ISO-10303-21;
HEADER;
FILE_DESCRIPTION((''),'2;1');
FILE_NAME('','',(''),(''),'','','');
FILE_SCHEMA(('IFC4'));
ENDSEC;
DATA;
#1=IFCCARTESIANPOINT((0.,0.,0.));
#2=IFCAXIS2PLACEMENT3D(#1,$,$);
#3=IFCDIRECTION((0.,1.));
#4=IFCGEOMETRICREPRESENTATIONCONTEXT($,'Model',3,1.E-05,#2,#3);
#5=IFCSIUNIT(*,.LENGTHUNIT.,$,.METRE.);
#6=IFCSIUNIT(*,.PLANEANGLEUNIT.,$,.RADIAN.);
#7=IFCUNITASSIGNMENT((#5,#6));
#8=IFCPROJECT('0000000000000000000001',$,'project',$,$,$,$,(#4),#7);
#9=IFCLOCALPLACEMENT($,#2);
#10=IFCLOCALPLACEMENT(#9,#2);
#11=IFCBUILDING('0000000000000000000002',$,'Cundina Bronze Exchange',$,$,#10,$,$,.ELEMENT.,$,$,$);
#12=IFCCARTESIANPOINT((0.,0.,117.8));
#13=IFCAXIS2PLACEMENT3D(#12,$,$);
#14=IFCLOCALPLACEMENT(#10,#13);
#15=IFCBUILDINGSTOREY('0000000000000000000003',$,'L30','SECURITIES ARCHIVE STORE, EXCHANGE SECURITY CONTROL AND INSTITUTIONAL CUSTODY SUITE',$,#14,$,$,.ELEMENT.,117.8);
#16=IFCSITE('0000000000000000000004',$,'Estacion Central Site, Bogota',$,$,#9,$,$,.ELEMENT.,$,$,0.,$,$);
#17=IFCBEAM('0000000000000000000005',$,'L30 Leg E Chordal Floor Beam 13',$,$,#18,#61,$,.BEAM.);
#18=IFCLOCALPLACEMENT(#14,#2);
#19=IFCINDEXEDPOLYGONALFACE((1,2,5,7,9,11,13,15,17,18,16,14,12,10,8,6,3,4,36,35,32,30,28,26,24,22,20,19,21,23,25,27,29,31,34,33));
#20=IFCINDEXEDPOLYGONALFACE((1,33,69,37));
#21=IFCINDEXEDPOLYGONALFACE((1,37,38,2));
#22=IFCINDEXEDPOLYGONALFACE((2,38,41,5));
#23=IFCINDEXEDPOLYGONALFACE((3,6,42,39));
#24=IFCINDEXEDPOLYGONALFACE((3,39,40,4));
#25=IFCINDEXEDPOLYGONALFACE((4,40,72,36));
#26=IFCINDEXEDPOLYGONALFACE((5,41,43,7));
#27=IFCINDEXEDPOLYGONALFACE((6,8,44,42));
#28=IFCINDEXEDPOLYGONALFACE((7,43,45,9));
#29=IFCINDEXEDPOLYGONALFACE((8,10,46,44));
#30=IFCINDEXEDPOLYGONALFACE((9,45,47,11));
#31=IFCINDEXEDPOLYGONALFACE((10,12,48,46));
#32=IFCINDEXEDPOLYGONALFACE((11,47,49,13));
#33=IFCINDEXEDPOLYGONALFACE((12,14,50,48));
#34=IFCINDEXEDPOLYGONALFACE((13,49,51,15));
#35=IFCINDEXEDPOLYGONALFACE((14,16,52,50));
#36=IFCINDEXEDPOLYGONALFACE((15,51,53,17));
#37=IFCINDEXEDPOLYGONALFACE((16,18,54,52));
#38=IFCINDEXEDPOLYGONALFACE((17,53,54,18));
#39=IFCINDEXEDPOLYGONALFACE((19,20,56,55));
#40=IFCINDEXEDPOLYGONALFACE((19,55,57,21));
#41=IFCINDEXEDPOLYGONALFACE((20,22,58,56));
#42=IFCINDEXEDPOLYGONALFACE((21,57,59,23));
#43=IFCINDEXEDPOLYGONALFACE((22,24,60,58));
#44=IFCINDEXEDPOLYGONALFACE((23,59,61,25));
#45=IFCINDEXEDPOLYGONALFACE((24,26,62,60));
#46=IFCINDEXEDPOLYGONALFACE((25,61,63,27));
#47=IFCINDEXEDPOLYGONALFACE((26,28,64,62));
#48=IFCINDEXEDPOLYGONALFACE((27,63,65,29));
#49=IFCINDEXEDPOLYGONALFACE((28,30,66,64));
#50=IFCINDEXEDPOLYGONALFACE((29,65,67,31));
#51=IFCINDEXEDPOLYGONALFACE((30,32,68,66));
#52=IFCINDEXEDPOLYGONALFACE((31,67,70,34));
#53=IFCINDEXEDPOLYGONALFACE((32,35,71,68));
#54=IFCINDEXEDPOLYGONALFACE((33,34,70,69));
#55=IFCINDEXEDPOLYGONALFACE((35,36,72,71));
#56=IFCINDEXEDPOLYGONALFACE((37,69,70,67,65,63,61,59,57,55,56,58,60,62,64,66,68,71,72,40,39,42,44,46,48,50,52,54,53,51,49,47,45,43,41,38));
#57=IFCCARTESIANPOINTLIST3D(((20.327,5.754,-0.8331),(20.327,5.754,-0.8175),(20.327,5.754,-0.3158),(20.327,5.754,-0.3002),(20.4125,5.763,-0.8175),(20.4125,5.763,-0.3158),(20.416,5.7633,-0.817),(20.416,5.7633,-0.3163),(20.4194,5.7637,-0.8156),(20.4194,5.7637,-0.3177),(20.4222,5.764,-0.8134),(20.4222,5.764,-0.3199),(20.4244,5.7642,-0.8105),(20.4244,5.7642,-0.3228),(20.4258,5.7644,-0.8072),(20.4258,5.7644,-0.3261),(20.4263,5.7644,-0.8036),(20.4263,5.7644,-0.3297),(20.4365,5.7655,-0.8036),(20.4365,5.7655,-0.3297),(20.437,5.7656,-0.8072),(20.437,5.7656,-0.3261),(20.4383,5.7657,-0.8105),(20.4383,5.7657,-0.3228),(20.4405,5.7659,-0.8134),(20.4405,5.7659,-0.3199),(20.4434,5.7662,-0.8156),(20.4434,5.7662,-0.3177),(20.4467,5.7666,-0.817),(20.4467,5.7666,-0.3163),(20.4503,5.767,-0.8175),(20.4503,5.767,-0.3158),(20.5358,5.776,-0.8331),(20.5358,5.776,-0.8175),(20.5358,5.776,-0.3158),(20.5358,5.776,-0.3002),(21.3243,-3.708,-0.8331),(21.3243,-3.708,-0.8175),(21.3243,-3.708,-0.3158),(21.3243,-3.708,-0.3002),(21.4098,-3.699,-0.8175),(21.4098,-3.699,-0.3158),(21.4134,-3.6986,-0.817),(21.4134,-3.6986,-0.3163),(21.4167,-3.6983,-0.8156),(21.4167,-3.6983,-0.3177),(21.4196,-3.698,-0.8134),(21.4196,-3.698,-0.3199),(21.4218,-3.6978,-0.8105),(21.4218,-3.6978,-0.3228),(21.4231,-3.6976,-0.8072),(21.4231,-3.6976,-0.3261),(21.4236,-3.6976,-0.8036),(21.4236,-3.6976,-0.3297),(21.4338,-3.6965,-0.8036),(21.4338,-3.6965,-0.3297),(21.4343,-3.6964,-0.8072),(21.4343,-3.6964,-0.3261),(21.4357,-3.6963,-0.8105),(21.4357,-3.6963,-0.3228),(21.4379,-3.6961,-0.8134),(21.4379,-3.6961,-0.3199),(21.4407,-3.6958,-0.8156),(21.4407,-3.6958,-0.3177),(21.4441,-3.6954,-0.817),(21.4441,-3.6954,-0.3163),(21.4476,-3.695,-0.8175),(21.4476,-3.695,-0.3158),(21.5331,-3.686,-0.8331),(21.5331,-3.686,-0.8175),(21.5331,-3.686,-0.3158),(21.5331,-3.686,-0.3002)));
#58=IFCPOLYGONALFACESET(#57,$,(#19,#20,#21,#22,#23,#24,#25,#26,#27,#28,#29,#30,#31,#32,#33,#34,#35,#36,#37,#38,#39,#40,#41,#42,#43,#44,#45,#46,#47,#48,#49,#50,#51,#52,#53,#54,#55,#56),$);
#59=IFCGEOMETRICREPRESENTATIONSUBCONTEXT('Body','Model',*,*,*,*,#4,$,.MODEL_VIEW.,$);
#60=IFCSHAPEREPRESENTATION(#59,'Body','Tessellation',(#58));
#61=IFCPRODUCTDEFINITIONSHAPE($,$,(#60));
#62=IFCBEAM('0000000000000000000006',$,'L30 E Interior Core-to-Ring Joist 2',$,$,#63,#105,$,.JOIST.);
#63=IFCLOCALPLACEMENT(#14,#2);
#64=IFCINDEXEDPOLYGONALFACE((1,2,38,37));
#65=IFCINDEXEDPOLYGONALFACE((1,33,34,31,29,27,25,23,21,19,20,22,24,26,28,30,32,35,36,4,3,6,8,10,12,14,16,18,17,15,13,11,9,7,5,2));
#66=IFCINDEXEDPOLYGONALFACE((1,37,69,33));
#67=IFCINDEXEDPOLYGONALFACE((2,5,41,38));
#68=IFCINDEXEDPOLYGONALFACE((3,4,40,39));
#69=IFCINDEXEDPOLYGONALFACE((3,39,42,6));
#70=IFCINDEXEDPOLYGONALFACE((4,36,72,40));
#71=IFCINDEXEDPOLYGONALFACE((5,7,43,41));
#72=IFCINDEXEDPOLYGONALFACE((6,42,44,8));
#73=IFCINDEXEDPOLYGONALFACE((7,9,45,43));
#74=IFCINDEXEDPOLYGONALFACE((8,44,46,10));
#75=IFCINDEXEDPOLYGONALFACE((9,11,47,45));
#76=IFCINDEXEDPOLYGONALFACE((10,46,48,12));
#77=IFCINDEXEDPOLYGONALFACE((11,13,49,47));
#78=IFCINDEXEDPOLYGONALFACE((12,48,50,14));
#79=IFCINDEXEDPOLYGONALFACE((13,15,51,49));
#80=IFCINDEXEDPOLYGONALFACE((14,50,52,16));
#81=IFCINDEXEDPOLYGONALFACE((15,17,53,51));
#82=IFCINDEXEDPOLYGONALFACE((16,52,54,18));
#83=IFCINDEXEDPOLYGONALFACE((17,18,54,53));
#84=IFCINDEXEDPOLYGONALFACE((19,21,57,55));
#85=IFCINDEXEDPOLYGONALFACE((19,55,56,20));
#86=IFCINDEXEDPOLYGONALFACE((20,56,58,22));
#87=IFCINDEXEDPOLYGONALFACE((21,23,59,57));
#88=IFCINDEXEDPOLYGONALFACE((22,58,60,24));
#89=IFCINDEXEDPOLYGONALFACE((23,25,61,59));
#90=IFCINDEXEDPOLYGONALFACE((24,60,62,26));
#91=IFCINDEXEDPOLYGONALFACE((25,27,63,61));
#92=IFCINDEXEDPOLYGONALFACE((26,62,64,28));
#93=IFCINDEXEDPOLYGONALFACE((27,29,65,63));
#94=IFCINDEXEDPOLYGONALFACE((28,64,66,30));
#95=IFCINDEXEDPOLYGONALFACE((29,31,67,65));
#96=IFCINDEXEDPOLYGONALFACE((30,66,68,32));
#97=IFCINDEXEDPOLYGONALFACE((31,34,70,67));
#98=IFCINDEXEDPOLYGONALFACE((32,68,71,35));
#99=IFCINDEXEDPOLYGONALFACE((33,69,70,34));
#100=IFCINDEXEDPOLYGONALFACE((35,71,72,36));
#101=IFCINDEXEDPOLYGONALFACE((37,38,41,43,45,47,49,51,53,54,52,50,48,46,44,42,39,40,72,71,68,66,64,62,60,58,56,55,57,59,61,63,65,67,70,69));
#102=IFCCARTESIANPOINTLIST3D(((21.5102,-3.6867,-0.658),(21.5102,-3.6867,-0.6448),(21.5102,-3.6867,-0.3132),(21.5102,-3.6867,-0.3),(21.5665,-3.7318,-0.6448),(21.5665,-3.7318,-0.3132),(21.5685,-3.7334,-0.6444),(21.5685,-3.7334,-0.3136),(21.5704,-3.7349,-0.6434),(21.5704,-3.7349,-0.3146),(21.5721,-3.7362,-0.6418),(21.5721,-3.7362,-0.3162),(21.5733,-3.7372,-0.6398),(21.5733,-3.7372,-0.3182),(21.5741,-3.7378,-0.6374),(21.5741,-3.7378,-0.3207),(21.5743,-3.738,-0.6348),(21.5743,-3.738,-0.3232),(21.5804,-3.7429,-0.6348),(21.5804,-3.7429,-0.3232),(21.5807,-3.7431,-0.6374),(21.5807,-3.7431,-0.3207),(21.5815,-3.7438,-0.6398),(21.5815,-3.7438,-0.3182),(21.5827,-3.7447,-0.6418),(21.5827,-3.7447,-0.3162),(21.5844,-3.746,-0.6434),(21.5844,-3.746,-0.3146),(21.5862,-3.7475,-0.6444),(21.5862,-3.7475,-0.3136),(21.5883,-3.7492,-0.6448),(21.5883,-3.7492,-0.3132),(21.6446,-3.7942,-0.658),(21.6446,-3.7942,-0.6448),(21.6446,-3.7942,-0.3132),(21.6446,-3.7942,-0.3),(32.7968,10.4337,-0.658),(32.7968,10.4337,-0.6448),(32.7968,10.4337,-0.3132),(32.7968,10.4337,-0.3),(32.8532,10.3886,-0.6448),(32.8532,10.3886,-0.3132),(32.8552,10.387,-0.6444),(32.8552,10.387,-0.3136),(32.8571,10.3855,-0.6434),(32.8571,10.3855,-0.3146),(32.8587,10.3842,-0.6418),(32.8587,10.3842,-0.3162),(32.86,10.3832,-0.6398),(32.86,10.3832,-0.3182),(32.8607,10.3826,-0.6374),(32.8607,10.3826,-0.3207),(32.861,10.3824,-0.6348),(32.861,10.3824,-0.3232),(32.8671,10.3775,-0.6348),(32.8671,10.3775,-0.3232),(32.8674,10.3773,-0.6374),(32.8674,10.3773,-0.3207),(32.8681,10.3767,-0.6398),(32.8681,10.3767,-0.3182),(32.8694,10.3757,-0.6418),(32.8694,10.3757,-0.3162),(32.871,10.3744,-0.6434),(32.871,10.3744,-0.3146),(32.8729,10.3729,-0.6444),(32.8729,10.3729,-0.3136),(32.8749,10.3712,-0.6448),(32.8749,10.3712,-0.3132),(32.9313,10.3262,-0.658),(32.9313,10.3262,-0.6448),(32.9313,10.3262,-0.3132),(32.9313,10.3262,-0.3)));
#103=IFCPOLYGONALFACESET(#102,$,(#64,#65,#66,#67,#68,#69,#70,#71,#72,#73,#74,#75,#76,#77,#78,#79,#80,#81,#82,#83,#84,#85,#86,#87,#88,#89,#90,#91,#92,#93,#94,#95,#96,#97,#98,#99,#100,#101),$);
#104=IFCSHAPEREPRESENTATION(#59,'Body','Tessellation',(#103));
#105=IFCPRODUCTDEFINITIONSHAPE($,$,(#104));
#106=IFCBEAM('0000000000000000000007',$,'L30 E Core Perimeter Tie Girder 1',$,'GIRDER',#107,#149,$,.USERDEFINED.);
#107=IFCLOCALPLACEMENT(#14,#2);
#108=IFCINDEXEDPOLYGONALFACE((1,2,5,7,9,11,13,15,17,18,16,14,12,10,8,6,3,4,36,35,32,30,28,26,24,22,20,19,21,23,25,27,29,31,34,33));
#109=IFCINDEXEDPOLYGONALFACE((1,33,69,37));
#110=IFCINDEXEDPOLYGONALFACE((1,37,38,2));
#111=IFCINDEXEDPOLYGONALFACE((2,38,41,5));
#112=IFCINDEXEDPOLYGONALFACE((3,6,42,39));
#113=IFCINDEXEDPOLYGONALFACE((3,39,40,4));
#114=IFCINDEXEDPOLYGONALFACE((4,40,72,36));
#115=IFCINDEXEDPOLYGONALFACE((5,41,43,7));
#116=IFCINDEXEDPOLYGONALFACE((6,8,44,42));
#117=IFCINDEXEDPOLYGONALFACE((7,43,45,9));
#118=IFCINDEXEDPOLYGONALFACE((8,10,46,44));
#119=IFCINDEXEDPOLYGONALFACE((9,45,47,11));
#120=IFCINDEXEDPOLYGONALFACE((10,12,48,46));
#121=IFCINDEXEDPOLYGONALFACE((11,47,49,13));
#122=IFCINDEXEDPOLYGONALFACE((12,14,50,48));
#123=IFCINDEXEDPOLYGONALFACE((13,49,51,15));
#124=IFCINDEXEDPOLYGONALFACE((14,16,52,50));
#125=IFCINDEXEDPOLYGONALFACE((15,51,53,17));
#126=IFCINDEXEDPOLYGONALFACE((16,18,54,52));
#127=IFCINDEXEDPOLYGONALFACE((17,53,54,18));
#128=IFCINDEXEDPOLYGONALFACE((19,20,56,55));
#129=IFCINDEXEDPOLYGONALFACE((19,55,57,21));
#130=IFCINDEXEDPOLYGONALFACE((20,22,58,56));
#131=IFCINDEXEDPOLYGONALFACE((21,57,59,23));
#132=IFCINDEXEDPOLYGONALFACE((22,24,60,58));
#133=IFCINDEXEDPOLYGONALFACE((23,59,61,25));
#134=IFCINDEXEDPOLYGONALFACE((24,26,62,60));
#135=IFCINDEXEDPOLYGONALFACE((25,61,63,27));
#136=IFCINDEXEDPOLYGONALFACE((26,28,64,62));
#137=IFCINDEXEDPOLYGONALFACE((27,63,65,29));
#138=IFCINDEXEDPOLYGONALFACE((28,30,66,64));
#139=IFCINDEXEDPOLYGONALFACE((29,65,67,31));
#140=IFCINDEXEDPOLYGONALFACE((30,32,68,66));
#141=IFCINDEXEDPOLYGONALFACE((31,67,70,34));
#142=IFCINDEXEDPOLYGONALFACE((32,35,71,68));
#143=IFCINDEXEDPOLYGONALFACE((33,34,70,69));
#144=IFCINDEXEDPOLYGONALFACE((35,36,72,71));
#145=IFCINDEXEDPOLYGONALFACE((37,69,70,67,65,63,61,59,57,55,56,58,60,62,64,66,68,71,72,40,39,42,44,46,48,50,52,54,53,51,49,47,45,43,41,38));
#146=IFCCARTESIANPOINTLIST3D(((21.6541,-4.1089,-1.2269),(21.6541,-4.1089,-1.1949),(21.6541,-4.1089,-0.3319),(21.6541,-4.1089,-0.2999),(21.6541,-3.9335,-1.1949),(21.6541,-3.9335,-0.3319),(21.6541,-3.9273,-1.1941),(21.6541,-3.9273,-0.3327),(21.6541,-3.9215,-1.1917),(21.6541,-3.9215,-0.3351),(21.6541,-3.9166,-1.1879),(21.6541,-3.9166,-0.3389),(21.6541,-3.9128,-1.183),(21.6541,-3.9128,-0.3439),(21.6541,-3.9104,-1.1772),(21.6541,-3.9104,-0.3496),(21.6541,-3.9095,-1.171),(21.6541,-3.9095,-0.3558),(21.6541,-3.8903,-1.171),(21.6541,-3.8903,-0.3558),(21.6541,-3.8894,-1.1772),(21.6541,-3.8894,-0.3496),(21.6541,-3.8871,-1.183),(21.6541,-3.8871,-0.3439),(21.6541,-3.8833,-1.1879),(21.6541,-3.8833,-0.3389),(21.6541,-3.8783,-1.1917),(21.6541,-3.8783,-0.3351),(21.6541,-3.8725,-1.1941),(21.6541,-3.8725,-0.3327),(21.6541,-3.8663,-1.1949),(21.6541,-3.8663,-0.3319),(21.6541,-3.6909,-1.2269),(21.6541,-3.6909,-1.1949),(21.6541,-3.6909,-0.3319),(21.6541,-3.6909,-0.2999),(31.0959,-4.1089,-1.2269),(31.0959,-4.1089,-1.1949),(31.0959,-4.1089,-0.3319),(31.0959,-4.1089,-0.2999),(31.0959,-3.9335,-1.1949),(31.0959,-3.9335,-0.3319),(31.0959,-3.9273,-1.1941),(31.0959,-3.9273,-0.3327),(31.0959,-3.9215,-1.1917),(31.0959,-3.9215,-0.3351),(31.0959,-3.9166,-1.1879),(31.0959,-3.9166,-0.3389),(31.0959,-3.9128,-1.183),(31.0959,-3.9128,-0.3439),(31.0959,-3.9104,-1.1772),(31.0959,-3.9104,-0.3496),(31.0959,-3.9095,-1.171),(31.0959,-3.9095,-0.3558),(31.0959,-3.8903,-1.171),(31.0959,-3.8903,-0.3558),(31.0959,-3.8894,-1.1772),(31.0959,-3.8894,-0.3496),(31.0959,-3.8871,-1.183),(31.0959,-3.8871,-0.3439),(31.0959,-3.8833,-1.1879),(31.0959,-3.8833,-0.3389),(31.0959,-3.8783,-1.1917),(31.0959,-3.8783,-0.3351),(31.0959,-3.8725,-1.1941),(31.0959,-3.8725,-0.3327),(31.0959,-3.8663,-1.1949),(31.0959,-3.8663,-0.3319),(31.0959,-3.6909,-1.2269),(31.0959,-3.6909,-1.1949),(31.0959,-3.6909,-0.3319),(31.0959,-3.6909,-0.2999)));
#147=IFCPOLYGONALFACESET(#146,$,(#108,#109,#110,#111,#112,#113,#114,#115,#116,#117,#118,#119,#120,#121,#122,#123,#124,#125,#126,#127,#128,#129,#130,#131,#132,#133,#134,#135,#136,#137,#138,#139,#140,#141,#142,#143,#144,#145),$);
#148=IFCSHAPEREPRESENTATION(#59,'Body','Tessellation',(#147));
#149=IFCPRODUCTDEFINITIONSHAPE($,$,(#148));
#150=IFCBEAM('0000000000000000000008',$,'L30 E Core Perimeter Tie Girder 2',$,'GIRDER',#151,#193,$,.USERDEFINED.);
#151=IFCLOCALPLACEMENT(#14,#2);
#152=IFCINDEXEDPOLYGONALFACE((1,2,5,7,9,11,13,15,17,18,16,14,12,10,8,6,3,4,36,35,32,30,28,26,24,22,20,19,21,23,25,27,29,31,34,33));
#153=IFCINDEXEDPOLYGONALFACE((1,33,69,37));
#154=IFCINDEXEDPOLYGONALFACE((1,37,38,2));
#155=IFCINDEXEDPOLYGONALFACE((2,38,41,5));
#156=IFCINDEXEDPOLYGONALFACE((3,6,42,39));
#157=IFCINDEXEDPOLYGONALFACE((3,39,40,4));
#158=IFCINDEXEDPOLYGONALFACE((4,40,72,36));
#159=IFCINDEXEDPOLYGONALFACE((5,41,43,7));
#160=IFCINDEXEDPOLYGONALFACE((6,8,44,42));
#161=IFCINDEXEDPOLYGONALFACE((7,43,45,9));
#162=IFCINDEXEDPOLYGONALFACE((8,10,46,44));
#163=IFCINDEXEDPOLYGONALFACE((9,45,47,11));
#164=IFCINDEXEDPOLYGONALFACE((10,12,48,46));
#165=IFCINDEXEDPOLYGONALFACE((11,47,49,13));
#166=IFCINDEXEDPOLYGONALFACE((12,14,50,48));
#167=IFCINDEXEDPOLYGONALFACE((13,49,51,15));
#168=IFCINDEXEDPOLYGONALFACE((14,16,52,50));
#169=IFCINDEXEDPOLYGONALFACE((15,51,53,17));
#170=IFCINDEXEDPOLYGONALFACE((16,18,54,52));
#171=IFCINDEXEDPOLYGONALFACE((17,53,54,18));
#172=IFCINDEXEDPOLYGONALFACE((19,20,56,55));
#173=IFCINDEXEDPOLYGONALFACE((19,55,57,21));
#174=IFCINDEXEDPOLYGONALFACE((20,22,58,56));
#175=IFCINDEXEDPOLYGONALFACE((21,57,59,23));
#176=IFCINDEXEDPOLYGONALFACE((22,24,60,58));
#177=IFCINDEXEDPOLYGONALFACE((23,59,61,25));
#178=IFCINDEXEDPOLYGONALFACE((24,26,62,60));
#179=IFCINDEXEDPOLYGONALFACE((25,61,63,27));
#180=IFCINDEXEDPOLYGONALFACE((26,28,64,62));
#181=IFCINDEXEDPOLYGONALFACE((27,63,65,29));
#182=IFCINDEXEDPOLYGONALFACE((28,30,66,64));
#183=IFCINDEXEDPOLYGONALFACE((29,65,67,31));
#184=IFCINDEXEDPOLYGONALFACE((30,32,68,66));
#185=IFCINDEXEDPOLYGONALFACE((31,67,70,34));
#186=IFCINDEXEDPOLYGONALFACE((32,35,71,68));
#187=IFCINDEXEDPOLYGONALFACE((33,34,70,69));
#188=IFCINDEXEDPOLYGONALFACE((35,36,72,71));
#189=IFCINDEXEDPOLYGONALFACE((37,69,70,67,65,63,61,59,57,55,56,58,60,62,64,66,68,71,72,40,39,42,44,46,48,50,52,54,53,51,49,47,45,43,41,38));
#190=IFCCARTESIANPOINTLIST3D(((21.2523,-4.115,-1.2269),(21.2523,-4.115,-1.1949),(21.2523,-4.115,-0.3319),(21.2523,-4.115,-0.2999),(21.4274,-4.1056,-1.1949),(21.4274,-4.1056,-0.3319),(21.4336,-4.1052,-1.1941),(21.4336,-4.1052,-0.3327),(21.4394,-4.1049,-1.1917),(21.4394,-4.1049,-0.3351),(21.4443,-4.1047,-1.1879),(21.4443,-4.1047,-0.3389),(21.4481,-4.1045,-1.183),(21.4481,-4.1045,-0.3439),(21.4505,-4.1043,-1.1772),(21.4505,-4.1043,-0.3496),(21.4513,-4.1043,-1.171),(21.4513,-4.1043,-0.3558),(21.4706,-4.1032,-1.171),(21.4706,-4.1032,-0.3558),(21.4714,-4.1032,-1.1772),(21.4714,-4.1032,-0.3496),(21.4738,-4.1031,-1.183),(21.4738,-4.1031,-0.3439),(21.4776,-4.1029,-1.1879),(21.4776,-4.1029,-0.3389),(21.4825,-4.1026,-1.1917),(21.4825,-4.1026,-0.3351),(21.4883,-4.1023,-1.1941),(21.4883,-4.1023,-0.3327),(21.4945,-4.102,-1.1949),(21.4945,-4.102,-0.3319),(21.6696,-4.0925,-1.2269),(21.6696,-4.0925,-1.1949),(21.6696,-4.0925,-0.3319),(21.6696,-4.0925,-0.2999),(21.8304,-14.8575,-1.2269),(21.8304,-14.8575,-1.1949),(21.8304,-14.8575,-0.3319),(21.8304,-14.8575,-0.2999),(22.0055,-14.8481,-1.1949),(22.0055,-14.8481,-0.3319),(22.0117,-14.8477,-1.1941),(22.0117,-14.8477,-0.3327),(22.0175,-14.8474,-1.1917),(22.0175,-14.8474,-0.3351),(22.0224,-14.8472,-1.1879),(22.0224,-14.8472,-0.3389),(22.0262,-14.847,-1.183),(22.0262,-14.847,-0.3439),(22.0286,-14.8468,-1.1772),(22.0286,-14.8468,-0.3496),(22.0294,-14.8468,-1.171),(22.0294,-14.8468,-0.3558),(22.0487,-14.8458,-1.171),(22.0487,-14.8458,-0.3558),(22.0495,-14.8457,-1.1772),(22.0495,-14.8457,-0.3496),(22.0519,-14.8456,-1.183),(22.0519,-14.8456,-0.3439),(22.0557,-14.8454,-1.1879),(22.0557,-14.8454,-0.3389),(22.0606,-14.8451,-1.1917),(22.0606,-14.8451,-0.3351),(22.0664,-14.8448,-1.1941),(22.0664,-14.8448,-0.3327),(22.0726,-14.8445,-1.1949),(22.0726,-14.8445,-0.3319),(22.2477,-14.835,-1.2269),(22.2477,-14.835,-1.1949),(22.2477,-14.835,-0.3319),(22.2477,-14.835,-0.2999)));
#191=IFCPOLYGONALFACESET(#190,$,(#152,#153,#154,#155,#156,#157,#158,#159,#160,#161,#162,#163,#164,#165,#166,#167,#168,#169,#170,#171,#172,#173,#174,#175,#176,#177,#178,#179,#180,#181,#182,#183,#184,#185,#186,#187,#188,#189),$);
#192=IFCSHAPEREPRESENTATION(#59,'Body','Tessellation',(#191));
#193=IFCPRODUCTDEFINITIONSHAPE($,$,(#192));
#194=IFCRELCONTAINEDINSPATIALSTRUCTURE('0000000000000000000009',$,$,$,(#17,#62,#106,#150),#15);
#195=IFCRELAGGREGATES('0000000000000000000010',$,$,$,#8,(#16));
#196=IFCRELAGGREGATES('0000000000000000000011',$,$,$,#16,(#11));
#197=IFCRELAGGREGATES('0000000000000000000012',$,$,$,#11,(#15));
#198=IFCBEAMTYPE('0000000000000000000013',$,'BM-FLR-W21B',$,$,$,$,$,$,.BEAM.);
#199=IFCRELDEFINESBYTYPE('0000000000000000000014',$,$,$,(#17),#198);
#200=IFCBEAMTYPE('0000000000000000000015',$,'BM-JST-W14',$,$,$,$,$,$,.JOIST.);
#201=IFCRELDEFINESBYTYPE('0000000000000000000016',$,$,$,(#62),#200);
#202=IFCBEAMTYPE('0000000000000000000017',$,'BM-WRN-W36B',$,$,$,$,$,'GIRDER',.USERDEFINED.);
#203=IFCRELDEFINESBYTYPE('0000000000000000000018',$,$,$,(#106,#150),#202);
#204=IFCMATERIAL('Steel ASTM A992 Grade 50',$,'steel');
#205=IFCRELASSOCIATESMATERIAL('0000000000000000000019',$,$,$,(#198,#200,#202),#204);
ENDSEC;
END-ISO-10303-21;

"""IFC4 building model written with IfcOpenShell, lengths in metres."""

from ifc_helpers import new_model, si_unit, direction, frame, origin, origin_2d, place, context, subcontext, project, spatial, i_section, extrude, material, material_profile, profile_set, type_object, element, save


model = new_model("IFC4")

# Units and contexts
model_context = context("Model", 3, precision=1e-05, world=origin(), true_north=direction((0.0, 1.0)))
body_context = subcontext(model_context, "Body", "Model", "MODEL_VIEW")
ifc_project = project(units=[si_unit("LENGTHUNIT", "METRE"), si_unit("PLANEANGLEUNIT", "RADIAN")], contexts=[model_context])

# Site, building, storey
site_placement = place(None, origin())
site = spatial("IfcSite", under=ifc_project, at=site_placement, Name="Estacion Central Site, Bogota", CompositionType="ELEMENT", RefElevation=0.0)
building_placement = place(site_placement, origin())
building = spatial("IfcBuilding", under=site, at=building_placement, Name="Cundina Bronze Exchange", CompositionType="ELEMENT")
storey_placement = place(building_placement, frame((0.0, 0.0, 117.8)))
storey = spatial("IfcBuildingStorey", under=building, at=storey_placement, Name="L30", Description="SECURITIES ARCHIVE STORE, EXCHANGE SECURITY CONTROL AND INSTITUTIONAL CUSTODY SUITE", CompositionType="ELEMENT", Elevation=117.8)

# Shared definitions
ifc_material_1 = material(Name="Steel ASTM A992 Grade 50", Category="steel")

# Beams
ifc_material_profile_1 = material_profile(ifc_material_1, i_section(OverallWidth=0.21, OverallDepth=0.533, WebThickness=0.0103, FlangeThickness=0.0156, FilletRadius=0.0139, at=origin_2d()), Name="W21X62", Category="steel")
ifc_profile_set_1 = profile_set([ifc_material_profile_1], Name="Steel ASTM A992 Grade 50")
beam_type_1 = type_object("IfcBeamType", Name="BM-FLR-W21B", PredefinedType="BEAM", material=ifc_profile_set_1)
beam_1_placement = place(storey_placement, frame((21.4287, -3.697, -0.5667), z_axis=(-0.104822, 0.994491, 0.0), x_axis=(-0.994491, -0.104822, 0.0)))
element("IfcBeam", 1, at=beam_1_placement, inside=storey, type_object=beam_type_1, Name="L30 Leg E Chordal Floor Beam 13", PredefinedType="BEAM", context=body_context, shape_type="SweptSolid", body=[
    extrude(i_section(OverallWidth=0.21, OverallDepth=0.533, WebThickness=0.0103, FlangeThickness=0.0156, FilletRadius=0.0139, at=origin_2d()), origin(), (0.0, 0.0, 1.0), 9.5144),
])
ifc_material_profile_2 = material_profile(ifc_material_1, i_section(OverallWidth=0.1721, OverallDepth=0.3579, WebThickness=0.0078, FlangeThickness=0.0132, FilletRadius=0.01, at=origin_2d()), Name="W14X38", Category="steel")
ifc_profile_set_2 = profile_set([ifc_material_profile_2], Name="Steel ASTM A992 Grade 50")
beam_type_2 = type_object("IfcBeamType", Name="BM-JST-W14", PredefinedType="JOIST", material=ifc_profile_set_2)
beam_2_placement = place(storey_placement, frame((21.5774, -3.7405, -0.479), z_axis=(0.624369, 0.78113, 0.0), x_axis=(-0.78113, 0.624369, 0.0)))
element("IfcBeam", 2, at=beam_2_placement, inside=storey, type_object=beam_type_2, Name="L30 E Interior Core-to-Ring Joist 2", PredefinedType="JOIST", context=body_context, shape_type="SweptSolid", body=[
    extrude(i_section(OverallWidth=0.1721, OverallDepth=0.3579, WebThickness=0.0078, FlangeThickness=0.0132, FilletRadius=0.01, at=origin_2d()), origin(), (0.0, 0.0, 1.0), 18.0769),
])
ifc_material_profile_3 = material_profile(ifc_material_1, i_section(OverallWidth=0.418, OverallDepth=0.927, WebThickness=0.0193, FlangeThickness=0.032, FilletRadius=0.0239, at=origin_2d()), Name="W36X231", Category="steel")
ifc_profile_set_3 = profile_set([ifc_material_profile_3], Name="Steel ASTM A992 Grade 50")
beam_type_3 = type_object("IfcBeamType", Name="BM-WRN-W36B", ElementType="GIRDER", PredefinedType="USERDEFINED", material=ifc_profile_set_3)
beam_3_placement = place(storey_placement, frame((31.0959, -3.8999, -0.7634), z_axis=(-1.0, 0.0, 0.0), x_axis=(0.0, -1.0, 0.0)))
element("IfcBeam", 3, at=beam_3_placement, inside=storey, type_object=beam_type_3, Name="L30 E Core Perimeter Tie Girder 1", ObjectType="GIRDER", PredefinedType="USERDEFINED", context=body_context, shape_type="SweptSolid", body=[
    extrude(i_section(OverallWidth=0.418, OverallDepth=0.927, WebThickness=0.0193, FlangeThickness=0.032, FilletRadius=0.0239, at=origin_2d()), origin(), (0.0, 0.0, 1.0), 9.4419),
])
beam_4_placement = place(storey_placement, frame((21.4609, -4.1038, -0.7634), z_axis=(0.053739, -0.998555, 0.0), x_axis=(0.998555, 0.053739, 0.0)))
element("IfcBeam", 4, at=beam_4_placement, inside=storey, type_object=beam_type_3, Name="L30 E Core Perimeter Tie Girder 2", ObjectType="GIRDER", PredefinedType="USERDEFINED", context=body_context, shape_type="SweptSolid", body=[
    extrude(i_section(OverallWidth=0.418, OverallDepth=0.927, WebThickness=0.0193, FlangeThickness=0.032, FilletRadius=0.0239, at=origin_2d()), origin(), (0.0, 0.0, 1.0), 10.7581),
])

save(model, "model.ifc")
